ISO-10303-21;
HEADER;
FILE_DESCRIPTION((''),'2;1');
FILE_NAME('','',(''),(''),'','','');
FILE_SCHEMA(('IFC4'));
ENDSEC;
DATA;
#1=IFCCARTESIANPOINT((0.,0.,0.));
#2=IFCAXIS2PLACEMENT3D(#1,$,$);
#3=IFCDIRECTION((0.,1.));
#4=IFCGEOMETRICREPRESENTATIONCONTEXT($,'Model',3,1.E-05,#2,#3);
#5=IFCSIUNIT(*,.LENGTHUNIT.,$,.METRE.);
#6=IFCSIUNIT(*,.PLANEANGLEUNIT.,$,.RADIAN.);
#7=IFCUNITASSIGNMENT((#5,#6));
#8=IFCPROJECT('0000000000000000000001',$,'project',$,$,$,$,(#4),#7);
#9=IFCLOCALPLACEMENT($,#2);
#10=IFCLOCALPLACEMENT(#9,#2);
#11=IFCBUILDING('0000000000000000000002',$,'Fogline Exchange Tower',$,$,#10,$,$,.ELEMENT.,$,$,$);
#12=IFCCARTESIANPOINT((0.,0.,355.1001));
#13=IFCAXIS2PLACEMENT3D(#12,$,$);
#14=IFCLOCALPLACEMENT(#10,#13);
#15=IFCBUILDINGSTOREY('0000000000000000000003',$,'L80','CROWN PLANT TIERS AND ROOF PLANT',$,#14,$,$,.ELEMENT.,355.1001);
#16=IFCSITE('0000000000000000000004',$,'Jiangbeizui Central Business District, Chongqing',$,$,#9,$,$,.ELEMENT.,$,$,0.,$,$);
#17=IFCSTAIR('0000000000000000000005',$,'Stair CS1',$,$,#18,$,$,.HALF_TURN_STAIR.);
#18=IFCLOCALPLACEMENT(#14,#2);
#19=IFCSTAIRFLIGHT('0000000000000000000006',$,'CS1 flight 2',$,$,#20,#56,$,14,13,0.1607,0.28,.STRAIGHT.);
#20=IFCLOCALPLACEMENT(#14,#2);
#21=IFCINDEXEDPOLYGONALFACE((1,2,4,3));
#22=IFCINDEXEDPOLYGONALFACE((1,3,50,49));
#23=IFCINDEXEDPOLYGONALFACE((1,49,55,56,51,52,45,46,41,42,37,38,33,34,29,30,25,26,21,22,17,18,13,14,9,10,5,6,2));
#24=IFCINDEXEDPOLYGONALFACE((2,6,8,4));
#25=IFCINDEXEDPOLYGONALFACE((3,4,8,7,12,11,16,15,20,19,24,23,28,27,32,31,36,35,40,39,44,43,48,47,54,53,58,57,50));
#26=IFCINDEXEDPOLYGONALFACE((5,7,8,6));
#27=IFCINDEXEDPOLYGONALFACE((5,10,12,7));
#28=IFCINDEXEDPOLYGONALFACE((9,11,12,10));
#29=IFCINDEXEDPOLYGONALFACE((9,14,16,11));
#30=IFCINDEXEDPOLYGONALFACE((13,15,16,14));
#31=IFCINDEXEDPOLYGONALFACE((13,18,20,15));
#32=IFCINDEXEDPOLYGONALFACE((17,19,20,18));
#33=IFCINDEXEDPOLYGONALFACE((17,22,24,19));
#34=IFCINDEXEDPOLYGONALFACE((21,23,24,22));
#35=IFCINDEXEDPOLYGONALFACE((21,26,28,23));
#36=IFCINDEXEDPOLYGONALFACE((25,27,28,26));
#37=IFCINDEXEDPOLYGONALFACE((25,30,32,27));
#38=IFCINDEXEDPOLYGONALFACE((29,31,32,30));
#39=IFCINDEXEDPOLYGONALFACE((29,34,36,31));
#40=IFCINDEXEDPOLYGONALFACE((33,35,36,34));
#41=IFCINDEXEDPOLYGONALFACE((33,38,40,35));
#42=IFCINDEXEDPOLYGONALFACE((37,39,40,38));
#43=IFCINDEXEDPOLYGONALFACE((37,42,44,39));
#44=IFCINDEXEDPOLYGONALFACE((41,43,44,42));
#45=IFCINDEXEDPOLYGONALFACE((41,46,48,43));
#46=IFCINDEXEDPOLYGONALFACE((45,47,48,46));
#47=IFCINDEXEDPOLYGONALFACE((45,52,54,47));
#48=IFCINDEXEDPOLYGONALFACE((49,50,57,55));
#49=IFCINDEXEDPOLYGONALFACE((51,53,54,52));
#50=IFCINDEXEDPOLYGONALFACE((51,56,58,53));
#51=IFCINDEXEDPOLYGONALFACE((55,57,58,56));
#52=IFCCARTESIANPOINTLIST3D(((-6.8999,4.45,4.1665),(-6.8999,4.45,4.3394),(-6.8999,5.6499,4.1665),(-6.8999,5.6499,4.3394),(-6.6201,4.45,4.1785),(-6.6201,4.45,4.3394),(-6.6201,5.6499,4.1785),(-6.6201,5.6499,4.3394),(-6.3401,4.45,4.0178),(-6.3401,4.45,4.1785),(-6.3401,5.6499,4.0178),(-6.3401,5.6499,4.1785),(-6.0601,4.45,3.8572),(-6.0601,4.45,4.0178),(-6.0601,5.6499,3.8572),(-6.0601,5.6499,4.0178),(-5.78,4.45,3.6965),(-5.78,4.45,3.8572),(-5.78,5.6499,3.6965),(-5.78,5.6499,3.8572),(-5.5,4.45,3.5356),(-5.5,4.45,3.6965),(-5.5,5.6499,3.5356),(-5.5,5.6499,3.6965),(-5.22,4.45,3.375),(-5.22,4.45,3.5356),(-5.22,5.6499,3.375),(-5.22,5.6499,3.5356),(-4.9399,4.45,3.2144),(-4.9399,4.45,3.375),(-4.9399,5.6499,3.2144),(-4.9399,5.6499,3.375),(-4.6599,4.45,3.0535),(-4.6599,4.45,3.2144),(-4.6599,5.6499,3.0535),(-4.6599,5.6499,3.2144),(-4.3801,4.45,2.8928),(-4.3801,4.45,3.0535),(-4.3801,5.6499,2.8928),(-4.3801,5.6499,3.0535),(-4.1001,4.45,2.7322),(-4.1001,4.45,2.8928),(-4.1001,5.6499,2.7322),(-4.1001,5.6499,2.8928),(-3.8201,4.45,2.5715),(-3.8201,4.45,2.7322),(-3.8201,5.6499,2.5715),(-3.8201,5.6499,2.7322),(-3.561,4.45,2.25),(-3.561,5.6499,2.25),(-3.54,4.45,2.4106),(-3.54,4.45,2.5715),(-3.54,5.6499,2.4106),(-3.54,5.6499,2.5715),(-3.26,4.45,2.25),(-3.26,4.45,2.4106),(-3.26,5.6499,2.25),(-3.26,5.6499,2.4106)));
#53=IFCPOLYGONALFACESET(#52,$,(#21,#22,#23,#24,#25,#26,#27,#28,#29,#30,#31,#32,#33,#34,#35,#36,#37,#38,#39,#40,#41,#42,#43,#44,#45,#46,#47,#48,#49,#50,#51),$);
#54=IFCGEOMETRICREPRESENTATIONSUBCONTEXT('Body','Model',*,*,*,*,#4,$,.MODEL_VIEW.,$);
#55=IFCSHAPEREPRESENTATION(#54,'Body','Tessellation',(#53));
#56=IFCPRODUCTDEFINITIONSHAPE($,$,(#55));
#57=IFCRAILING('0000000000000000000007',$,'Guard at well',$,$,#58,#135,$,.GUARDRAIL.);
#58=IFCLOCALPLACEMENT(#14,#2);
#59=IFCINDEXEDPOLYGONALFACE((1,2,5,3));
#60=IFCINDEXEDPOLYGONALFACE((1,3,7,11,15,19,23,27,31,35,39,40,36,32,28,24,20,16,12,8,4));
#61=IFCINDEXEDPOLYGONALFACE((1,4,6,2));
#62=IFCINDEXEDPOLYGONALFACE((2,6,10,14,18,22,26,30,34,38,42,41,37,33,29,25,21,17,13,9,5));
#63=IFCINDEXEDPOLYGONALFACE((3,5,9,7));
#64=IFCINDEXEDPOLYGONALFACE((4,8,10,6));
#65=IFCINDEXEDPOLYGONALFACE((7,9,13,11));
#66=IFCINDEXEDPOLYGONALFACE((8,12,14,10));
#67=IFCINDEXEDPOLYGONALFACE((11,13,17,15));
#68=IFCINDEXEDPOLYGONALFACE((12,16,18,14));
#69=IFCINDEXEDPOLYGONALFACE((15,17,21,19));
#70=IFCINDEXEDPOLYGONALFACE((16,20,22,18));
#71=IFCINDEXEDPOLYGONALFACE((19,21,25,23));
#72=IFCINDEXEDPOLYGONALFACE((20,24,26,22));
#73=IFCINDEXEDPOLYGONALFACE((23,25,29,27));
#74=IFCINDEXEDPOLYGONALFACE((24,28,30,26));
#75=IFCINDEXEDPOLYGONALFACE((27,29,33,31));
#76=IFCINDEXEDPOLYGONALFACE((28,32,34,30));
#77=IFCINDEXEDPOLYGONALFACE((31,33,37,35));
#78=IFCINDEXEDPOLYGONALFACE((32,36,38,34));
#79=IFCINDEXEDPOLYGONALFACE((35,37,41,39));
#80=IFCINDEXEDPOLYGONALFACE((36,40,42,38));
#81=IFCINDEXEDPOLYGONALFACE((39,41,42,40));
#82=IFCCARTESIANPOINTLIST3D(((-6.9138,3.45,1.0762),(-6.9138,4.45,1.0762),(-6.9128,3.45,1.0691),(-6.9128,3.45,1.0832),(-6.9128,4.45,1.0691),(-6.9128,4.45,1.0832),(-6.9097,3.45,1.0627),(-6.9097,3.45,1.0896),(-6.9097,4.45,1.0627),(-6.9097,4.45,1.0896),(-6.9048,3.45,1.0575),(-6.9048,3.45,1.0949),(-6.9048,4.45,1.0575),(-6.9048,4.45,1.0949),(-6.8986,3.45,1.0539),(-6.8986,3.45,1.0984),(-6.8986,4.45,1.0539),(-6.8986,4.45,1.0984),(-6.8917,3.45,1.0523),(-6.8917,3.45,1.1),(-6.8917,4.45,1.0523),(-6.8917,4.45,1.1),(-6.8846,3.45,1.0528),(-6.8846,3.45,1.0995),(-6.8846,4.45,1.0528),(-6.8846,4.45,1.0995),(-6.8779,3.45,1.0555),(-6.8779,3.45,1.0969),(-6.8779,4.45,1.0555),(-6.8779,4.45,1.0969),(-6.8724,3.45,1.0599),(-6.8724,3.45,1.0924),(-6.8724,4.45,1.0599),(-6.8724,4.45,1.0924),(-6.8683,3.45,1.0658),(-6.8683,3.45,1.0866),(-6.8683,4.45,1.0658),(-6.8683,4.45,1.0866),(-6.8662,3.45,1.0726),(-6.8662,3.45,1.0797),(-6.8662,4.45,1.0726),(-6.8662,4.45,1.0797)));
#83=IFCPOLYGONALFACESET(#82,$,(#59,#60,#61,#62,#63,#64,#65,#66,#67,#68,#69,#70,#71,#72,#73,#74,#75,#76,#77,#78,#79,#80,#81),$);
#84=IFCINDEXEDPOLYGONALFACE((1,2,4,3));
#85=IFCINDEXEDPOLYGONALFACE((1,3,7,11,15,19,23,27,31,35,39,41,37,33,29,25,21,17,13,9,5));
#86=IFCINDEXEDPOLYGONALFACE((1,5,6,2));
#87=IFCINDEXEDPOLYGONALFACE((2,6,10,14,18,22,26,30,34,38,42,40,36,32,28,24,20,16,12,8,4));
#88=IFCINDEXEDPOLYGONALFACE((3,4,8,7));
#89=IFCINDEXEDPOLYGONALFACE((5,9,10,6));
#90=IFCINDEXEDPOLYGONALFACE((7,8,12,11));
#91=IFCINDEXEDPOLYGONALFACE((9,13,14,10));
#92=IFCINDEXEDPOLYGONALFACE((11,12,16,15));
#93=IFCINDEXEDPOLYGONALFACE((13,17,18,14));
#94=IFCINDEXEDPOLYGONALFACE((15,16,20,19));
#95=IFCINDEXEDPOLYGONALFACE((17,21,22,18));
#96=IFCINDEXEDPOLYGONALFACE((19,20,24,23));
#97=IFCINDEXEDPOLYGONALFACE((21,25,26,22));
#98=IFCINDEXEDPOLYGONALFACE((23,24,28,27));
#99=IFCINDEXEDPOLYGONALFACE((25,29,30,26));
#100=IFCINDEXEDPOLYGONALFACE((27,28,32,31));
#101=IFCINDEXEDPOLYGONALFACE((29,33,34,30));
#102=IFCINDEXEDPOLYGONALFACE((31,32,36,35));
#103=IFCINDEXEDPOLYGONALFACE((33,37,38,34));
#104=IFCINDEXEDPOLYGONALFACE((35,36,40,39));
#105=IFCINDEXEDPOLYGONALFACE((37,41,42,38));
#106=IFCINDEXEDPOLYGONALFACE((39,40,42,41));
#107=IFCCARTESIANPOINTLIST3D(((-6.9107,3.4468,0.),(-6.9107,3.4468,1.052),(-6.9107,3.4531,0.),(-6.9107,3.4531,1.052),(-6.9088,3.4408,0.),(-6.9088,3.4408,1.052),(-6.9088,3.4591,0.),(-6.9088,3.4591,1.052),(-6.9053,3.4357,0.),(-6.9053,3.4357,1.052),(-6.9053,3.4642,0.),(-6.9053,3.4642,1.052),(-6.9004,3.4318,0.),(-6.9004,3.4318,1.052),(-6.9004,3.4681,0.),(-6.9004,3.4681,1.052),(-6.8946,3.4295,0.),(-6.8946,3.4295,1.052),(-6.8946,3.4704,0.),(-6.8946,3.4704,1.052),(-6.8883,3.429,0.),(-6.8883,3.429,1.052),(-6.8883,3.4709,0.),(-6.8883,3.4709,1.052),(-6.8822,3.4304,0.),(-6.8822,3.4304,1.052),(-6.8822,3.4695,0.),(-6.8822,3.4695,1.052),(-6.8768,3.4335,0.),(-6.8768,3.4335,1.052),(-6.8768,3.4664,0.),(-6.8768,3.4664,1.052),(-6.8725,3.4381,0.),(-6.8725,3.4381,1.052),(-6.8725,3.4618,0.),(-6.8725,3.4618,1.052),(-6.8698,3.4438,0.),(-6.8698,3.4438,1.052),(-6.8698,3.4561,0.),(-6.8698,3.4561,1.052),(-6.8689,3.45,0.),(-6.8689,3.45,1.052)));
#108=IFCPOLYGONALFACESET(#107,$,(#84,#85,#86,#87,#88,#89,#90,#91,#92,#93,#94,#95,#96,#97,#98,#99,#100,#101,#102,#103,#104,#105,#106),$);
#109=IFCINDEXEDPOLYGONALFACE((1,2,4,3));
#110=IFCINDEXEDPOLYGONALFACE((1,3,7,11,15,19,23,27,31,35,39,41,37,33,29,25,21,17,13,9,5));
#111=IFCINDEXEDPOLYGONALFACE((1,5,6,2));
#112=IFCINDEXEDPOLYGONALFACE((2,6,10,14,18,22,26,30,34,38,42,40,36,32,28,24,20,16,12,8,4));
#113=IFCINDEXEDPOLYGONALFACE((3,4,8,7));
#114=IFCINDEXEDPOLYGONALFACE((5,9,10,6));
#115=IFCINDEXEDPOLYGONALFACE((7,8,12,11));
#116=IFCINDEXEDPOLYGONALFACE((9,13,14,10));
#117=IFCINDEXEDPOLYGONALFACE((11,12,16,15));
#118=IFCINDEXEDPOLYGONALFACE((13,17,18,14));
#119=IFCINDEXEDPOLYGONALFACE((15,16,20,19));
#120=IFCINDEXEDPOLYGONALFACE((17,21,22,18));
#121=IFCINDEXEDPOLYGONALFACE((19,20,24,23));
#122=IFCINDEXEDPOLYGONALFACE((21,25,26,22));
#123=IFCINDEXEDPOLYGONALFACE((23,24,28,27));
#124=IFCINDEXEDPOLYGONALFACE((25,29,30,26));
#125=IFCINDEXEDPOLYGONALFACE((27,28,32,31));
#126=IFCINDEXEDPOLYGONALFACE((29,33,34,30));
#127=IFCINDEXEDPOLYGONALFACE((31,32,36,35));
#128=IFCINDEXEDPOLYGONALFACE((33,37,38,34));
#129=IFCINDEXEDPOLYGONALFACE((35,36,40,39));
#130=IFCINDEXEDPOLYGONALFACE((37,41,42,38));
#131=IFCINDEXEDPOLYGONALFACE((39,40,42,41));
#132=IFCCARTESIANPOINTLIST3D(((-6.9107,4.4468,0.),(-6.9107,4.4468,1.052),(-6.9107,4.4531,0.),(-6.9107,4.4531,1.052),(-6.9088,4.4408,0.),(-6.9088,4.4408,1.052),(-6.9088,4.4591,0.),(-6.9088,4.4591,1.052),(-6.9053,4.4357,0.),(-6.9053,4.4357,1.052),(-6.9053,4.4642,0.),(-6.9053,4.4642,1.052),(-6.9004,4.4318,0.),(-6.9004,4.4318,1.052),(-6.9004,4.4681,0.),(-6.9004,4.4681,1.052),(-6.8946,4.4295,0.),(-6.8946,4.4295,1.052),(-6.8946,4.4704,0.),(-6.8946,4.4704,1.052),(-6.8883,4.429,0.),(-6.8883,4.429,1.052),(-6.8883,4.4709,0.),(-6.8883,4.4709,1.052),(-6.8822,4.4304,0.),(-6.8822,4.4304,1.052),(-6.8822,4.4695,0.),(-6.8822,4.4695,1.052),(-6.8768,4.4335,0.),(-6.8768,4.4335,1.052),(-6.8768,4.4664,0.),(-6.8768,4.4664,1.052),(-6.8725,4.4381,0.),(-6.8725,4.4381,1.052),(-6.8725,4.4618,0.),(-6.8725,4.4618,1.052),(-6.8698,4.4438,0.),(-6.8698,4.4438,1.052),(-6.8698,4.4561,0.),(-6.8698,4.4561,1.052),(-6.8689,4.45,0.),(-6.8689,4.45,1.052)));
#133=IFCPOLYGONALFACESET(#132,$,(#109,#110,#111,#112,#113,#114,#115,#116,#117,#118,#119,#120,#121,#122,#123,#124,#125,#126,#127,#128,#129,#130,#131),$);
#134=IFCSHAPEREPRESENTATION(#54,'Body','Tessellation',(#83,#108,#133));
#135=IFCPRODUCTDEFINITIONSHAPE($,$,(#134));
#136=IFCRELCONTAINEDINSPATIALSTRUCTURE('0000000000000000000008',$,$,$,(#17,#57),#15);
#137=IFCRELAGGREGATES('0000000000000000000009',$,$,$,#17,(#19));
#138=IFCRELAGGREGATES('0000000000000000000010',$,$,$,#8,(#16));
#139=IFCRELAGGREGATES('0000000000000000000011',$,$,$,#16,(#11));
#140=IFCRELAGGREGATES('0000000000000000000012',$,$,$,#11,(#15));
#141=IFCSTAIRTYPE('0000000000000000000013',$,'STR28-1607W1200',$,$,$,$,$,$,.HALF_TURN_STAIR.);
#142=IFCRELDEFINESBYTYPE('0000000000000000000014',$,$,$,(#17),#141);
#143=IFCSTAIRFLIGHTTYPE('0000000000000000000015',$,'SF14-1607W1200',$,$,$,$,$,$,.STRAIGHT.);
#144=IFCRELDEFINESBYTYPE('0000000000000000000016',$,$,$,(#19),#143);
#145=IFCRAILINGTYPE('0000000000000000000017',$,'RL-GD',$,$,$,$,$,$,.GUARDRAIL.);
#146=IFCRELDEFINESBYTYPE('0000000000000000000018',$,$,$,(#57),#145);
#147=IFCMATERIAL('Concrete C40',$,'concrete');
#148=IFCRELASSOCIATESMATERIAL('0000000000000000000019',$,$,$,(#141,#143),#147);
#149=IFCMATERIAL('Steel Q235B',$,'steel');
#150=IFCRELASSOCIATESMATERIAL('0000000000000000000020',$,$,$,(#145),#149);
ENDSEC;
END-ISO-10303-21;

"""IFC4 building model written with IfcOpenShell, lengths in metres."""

from ifc_helpers import new_model, si_unit, direction, frame, origin, origin_2d, place, context, subcontext, project, spatial, polyline, circle, outline, extrude, material, type_object, element, aggregate, save


model = new_model("IFC4")

# Units and contexts
model_context = context("Model", 3, precision=1e-05, world=origin(), true_north=direction((0.0, 1.0)))
body_context = subcontext(model_context, "Body", "Model", "MODEL_VIEW")
ifc_project = project(units=[si_unit("LENGTHUNIT", "METRE"), si_unit("PLANEANGLEUNIT", "RADIAN")], contexts=[model_context])

# Site, building, storey
site_placement = place(None, origin())
site = spatial("IfcSite", under=ifc_project, at=site_placement, Name="Jiangbeizui Central Business District, Chongqing", CompositionType="ELEMENT", RefElevation=0.0)
building_placement = place(site_placement, origin())
building = spatial("IfcBuilding", under=site, at=building_placement, Name="Fogline Exchange Tower", CompositionType="ELEMENT")
storey_placement = place(building_placement, frame((0.0, 0.0, 355.1001)))
storey = spatial("IfcBuildingStorey", under=building, at=storey_placement, Name="L80", Description="CROWN PLANT TIERS AND ROOF PLANT", CompositionType="ELEMENT", Elevation=355.1001)

# Shared definitions
ifc_material_1 = material(Name="Concrete C40", Category="concrete")

# Stair, stair flight
stair_type = type_object("IfcStairType", Name="STR28-1607W1200", PredefinedType="HALF_TURN_STAIR", material=ifc_material_1)
stair_placement = place(storey_placement, origin())
stair = element("IfcStair", 1, at=stair_placement, inside=storey, type_object=stair_type, Name="Stair CS1", PredefinedType="HALF_TURN_STAIR")
stair_flight_type = type_object("IfcStairFlightType", Name="SF14-1607W1200", PredefinedType="STRAIGHT", material=ifc_material_1)
stair_flight_1_placement = place(storey_placement, frame((-3.26, 5.05, 2.25), z_axis=(0.0, 0.0, 1.0), x_axis=(-1.0, 0.0, 0.0)))
stair_flight_1 = element("IfcStairFlight", 2, at=stair_flight_1_placement, type_object=stair_flight_type, Name="CS1 flight 2", NumberOfRisers=14, NumberOfTreads=13, PredefinedType="STRAIGHT", RiserHeight=0.1607, TreadLength=0.28, context=body_context, shape_type="SweptSolid", body=[
    extrude(outline(polyline([(0.0, 0.0), (0.0, 0.1606), (0.28, 0.1606), (0.28, 0.3215), (0.5601, 0.3215), (0.5601, 0.4822), (0.8401, 0.4822), (0.8401, 0.6428), (1.1201, 0.6428), (1.1201, 0.8035), (1.3999, 0.8035), (1.3999, 0.9644), (1.6799, 0.9644), (1.6799, 1.125), (1.96, 1.125), (1.96, 1.2856), (2.24, 1.2856), (2.24, 1.4465), (2.52, 1.4465), (2.52, 1.6072), (2.8, 1.6072), (2.8, 1.7678), (3.0801, 1.7678), (3.0801, 1.9285), (3.3601, 1.9285), (3.3601, 2.0894), (3.6399, 2.0894), (3.6399, 2.25), (3.6399, 1.9165), (0.301, 0.0), (0.0, 0.0)])), frame((0.0, 0.6001, 0.0), z_axis=(0.0, -1.0, 0.0), x_axis=(1.0, 0.0, 0.0)), (0.0, 0.0, 1.0), 1.2),
])
aggregate(stair, [stair_flight_1])

# Railing
ifc_material_2 = material(Name="Steel Q235B", Category="steel")
railing_type_1 = type_object("IfcRailingType", Name="RL-GD", PredefinedType="GUARDRAIL", material=ifc_material_2)
railing_1_placement = place(storey_placement, frame((-6.8899, 3.45, 0.0)))
element("IfcRailing", 3, at=railing_1_placement, inside=storey, type_object=railing_type_1, Name="Guard at well", PredefinedType="GUARDRAIL", context=body_context, shape_type="SweptSolid", body=[
    extrude(circle(Radius=0.0239, at=origin_2d()), frame((0.0, 0.0, 1.0762), z_axis=(0.0, 1.0, 0.0), x_axis=(-1.0, 0.0, 0.0)), (0.0, 0.0, 1.0), 1.0),
    extrude(circle(Radius=0.021, at=origin_2d()), origin(), (0.0, 0.0, 1.0), 1.052),
    extrude(circle(Radius=0.021, at=origin_2d()), frame((0.0, 1.0, 0.0)), (0.0, 0.0, 1.0), 1.052),
])

save(model, "model.ifc")
